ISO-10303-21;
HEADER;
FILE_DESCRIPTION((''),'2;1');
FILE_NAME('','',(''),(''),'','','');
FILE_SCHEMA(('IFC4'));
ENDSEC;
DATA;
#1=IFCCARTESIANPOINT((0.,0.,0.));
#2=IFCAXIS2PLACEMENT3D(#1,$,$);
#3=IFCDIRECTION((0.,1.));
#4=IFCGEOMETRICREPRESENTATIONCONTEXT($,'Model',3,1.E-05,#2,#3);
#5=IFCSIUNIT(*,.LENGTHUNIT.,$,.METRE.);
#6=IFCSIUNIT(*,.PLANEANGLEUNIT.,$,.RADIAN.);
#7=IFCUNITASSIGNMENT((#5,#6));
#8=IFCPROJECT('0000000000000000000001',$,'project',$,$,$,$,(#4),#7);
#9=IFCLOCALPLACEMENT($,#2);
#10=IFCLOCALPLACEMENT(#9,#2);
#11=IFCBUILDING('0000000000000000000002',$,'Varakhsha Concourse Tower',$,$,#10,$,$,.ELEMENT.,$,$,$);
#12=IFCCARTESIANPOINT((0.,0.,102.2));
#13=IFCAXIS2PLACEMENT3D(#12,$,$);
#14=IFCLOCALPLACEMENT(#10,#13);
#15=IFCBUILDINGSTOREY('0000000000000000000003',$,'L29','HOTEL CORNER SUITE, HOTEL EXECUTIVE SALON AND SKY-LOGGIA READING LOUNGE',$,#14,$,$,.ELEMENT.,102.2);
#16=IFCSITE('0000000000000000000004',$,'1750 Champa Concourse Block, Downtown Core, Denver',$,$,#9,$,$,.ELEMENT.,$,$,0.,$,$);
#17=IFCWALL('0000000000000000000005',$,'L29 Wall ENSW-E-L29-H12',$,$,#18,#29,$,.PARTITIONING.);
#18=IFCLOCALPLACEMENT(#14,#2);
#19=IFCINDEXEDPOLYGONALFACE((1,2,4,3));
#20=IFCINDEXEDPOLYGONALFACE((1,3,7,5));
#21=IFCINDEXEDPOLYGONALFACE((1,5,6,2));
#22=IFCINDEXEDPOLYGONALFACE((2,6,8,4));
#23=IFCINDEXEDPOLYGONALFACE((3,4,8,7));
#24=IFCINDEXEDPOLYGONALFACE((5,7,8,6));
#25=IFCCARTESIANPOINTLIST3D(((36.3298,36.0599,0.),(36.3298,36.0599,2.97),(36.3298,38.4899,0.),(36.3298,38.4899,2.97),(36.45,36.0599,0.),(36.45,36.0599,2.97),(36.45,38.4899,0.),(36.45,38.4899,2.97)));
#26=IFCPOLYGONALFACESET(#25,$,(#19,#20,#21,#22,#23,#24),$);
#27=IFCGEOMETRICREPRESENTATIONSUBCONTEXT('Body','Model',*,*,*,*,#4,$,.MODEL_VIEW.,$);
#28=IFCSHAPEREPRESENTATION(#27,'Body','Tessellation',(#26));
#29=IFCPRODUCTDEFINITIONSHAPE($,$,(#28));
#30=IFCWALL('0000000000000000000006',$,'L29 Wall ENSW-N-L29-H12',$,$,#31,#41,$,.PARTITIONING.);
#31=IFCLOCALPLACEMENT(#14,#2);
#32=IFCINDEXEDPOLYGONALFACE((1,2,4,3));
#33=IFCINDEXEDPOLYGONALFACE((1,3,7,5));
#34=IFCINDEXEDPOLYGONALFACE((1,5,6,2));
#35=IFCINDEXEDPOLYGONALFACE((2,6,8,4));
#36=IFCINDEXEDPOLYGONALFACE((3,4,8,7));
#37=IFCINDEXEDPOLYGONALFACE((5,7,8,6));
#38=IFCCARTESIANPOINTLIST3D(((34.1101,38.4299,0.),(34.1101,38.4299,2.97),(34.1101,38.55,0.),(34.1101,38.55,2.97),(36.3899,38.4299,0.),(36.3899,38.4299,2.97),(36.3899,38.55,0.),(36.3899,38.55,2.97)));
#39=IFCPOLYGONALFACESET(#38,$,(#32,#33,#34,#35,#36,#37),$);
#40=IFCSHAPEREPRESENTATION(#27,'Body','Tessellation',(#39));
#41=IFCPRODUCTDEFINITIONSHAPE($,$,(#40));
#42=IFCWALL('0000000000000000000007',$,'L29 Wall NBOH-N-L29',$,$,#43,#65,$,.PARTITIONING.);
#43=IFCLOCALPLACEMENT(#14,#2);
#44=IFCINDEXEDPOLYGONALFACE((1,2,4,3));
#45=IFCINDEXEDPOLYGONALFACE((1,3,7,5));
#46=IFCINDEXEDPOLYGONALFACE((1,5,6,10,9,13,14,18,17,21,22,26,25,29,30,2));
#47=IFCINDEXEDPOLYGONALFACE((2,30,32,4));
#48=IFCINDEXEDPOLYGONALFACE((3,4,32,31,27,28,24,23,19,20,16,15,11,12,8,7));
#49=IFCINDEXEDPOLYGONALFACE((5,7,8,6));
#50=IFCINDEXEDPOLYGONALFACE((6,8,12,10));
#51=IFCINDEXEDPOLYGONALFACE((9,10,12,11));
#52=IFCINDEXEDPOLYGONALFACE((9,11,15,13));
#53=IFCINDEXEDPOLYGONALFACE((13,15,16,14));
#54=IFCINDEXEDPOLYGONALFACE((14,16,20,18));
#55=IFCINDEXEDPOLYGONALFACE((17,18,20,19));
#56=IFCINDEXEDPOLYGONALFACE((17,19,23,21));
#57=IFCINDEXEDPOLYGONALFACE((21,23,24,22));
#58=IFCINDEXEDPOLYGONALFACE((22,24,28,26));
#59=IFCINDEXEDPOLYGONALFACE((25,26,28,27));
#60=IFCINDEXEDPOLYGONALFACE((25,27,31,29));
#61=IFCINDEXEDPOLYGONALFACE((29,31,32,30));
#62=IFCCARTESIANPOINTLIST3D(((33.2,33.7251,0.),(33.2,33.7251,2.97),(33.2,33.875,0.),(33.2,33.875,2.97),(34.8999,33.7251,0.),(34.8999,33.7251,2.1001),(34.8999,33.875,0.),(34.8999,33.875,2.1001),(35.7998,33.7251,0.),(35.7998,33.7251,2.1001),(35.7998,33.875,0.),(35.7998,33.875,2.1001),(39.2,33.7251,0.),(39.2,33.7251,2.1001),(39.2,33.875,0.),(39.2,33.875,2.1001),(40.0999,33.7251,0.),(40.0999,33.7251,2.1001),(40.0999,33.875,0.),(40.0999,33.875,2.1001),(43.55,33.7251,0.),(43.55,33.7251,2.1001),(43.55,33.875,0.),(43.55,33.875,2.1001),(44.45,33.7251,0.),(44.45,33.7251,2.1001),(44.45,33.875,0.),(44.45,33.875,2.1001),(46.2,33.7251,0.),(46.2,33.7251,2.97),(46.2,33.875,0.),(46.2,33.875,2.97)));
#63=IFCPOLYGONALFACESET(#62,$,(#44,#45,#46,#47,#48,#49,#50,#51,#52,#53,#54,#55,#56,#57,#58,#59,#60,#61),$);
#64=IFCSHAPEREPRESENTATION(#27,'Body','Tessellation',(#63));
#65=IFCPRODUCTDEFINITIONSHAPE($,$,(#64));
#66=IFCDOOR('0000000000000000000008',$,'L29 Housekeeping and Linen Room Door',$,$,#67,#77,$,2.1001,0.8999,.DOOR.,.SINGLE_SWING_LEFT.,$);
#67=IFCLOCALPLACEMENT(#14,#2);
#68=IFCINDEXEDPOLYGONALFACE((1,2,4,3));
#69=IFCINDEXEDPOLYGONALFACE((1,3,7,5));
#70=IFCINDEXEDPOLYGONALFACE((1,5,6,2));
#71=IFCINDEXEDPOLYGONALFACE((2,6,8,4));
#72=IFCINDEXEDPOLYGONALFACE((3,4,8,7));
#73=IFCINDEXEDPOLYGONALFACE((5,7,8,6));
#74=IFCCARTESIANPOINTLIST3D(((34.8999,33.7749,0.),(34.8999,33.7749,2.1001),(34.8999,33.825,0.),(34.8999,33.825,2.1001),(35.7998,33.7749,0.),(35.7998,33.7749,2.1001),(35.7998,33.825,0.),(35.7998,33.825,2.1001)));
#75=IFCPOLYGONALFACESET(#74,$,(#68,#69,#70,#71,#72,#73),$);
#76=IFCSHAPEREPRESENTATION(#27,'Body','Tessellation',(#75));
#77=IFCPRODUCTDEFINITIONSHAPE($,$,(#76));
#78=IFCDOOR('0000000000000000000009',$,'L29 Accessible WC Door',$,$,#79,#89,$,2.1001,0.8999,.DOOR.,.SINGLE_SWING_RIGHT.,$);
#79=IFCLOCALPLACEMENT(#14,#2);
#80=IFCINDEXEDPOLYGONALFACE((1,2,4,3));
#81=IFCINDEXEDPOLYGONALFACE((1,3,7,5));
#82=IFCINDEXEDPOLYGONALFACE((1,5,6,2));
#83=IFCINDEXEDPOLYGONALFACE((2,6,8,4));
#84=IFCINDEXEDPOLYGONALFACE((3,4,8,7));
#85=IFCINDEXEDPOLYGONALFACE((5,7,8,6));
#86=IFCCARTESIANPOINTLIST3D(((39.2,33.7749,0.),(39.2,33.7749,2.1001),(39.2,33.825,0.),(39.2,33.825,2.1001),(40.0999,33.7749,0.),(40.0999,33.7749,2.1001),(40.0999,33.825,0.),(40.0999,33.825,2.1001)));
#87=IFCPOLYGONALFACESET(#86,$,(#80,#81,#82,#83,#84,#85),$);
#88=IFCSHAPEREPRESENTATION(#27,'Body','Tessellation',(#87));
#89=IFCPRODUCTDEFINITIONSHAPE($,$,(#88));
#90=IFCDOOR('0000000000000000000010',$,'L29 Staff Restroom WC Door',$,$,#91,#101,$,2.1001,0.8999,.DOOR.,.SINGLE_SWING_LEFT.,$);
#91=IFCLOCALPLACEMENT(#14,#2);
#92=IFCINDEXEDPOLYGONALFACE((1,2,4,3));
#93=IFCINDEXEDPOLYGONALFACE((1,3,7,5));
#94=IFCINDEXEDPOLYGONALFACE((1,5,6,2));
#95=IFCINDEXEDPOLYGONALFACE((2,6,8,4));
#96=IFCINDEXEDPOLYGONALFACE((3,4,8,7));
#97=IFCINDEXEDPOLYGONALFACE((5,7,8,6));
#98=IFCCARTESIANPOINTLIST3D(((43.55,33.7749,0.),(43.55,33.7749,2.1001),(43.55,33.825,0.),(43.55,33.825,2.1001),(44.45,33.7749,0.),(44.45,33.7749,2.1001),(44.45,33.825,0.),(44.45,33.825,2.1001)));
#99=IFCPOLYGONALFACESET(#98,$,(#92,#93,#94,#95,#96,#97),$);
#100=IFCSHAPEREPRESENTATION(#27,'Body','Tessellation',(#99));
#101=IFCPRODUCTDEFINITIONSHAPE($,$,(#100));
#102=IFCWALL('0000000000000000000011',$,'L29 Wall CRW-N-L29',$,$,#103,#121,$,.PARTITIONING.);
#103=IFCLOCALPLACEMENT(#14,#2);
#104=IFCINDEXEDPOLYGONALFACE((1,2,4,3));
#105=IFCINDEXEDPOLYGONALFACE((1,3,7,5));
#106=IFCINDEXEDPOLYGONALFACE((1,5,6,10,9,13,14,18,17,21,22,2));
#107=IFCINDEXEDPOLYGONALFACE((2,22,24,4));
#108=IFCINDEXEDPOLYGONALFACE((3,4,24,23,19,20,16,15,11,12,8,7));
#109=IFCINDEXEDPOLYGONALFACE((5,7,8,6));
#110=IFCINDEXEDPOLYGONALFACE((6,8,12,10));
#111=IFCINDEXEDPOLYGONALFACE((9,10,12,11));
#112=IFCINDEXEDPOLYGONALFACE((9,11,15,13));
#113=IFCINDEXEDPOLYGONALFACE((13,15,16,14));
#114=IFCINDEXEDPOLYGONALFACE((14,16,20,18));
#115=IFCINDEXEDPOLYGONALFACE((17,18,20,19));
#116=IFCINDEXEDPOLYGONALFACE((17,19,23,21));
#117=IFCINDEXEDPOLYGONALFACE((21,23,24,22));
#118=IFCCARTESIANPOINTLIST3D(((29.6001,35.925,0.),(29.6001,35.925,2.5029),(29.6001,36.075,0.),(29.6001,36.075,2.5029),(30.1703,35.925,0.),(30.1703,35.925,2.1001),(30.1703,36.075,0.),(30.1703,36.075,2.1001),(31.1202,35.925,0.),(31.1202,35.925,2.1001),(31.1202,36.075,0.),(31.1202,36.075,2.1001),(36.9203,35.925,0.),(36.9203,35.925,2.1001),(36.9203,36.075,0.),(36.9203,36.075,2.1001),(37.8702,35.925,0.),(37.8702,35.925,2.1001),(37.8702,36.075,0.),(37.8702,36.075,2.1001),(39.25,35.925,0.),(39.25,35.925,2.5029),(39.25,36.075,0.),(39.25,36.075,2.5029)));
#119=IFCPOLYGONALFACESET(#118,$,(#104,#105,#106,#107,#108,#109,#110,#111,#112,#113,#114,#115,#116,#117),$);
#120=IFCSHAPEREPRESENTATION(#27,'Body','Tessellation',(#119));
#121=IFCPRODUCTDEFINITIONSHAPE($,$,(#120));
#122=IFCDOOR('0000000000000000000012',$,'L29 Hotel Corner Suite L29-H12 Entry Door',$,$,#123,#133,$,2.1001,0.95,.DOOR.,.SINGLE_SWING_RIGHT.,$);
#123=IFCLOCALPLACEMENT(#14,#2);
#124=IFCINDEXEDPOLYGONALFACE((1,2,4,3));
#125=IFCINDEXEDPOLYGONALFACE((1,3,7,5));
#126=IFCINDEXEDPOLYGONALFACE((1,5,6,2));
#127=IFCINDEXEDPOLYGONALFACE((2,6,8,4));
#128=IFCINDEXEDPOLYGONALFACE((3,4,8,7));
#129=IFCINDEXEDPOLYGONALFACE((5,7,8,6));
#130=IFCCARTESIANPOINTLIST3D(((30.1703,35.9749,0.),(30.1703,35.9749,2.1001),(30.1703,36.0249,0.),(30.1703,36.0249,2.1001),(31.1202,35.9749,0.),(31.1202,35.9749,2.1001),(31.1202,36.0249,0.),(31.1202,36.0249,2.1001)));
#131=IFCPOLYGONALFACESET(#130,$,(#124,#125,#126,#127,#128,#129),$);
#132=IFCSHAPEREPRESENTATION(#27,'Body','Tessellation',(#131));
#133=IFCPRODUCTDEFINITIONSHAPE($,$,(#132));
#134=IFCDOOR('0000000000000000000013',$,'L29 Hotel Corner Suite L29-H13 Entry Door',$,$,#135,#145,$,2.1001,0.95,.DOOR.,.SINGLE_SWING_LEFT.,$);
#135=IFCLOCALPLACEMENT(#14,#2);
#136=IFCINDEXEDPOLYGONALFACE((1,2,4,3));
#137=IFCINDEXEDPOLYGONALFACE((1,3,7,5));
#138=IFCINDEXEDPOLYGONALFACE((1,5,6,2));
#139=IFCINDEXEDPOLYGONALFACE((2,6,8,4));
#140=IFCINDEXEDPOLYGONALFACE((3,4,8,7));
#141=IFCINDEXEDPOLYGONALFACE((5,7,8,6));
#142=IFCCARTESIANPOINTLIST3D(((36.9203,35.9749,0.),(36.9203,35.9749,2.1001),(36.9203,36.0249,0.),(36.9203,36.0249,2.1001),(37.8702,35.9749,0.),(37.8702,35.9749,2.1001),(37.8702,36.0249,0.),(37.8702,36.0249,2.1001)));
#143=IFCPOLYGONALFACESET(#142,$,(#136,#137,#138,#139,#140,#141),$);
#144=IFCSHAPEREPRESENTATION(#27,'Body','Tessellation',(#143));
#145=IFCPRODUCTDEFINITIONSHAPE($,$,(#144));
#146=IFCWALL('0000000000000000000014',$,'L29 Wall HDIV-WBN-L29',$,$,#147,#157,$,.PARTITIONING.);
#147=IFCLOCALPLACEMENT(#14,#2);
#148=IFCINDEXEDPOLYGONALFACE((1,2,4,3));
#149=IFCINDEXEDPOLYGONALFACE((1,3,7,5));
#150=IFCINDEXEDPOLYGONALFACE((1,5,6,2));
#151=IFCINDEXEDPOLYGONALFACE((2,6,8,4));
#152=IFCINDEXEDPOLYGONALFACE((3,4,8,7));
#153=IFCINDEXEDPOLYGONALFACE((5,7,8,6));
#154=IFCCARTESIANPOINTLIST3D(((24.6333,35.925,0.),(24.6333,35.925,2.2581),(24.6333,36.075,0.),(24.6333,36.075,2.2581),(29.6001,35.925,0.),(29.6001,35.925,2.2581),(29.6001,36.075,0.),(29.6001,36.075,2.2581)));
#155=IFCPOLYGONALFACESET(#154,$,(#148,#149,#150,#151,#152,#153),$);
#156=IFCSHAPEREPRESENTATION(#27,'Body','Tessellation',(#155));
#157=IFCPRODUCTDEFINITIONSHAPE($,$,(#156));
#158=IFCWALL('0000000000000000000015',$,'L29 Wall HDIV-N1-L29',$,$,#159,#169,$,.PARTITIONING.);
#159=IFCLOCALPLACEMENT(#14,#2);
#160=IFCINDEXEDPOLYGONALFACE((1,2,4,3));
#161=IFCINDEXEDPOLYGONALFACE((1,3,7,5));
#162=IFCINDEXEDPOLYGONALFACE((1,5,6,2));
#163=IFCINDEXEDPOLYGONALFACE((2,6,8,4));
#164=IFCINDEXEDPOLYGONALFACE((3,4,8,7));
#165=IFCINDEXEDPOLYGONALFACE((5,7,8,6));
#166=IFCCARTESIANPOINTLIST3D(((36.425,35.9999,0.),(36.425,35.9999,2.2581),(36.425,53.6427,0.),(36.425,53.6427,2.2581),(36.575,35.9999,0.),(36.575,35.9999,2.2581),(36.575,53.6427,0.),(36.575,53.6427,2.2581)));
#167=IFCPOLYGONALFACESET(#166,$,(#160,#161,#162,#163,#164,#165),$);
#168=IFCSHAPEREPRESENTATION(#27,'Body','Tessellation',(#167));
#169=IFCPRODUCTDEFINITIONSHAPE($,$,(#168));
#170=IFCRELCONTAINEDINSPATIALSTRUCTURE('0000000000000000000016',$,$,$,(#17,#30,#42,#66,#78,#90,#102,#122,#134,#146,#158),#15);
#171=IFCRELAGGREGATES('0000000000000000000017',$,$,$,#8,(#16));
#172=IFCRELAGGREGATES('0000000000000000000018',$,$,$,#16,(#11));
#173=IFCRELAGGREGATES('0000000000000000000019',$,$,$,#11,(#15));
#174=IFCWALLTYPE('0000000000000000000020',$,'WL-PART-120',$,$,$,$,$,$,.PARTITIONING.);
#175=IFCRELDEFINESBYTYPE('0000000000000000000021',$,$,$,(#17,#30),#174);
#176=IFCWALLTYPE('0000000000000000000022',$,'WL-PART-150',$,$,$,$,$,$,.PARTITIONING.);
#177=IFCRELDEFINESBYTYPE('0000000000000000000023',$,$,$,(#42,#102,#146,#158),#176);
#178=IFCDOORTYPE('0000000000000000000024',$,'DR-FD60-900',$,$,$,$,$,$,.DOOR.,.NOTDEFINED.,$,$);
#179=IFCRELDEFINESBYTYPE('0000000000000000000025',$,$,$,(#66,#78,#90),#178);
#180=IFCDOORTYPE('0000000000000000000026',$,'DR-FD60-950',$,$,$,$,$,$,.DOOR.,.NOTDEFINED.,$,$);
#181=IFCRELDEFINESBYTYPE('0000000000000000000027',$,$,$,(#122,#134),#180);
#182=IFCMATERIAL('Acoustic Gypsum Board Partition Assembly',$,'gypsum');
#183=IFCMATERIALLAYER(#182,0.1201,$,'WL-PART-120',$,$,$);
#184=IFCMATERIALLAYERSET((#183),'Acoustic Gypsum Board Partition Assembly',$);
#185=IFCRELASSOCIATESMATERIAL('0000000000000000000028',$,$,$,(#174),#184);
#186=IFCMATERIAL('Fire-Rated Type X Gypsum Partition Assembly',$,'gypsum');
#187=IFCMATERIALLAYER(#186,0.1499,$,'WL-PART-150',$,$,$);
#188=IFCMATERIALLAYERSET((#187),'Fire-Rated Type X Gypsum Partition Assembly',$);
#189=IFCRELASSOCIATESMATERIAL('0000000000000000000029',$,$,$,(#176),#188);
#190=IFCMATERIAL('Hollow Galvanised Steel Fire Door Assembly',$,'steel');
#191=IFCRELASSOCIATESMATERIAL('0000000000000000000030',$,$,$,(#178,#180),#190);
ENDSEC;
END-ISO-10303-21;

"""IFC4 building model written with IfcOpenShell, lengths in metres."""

from ifc_helpers import new_model, si_unit, direction, frame, frame_2d, origin, place, context, subcontext, project, spatial, rectangle, extrude, material, layer, layer_set, type_object, element, fill, save


model = new_model("IFC4")

# Units and contexts
model_context = context("Model", 3, precision=1e-05, world=origin(), true_north=direction((0.0, 1.0)))
body_context = subcontext(model_context, "Body", "Model", "MODEL_VIEW")
ifc_project = project(units=[si_unit("LENGTHUNIT", "METRE"), si_unit("PLANEANGLEUNIT", "RADIAN")], contexts=[model_context])

# Site, building, storey
site_placement = place(None, origin())
site = spatial("IfcSite", under=ifc_project, at=site_placement, Name="1750 Champa Concourse Block, Downtown Core, Denver", CompositionType="ELEMENT", RefElevation=0.0)
building_placement = place(site_placement, origin())
building = spatial("IfcBuilding", under=site, at=building_placement, Name="Varakhsha Concourse Tower", CompositionType="ELEMENT")
storey_placement = place(building_placement, frame((0.0, 0.0, 102.2)))
storey = spatial("IfcBuildingStorey", under=building, at=storey_placement, Name="L29", Description="HOTEL CORNER SUITE, HOTEL EXECUTIVE SALON AND SKY-LOGGIA READING LOUNGE", CompositionType="ELEMENT", Elevation=102.2)

# Shared definitions
ifc_material_1 = material(Name="Acoustic Gypsum Board Partition Assembly", Category="gypsum")
ifc_layer_1 = layer(ifc_material_1, 0.1201, Name="WL-PART-120")
ifc_layer_set_1 = layer_set([ifc_layer_1], Name="Acoustic Gypsum Board Partition Assembly")
wall_type_1 = type_object("IfcWallType", Name="WL-PART-120", PredefinedType="PARTITIONING", material=ifc_layer_set_1)

# Walls
wall_1_placement = place(storey_placement, frame((36.3899, 36.0601, 0.0), z_axis=(0.0, 0.0, 1.0), x_axis=(0.0, 1.0, 0.0)))
element("IfcWall", 1, at=wall_1_placement, inside=storey, type_object=wall_type_1, Name="L29 Wall ENSW-E-L29-H12", PredefinedType="PARTITIONING", context=body_context, shape_type="SweptSolid", body=[
    extrude(rectangle(XDim=2.4299, YDim=0.1201, at=frame_2d((1.2148, 0.0))), origin(), (0.0, 0.0, 1.0), 2.97),
])
wall_2_placement = place(storey_placement, frame((34.1101, 38.49, 0.0), z_axis=(0.0, 0.0, 1.0), x_axis=(1.0, 0.0, 0.0)))
element("IfcWall", 2, at=wall_2_placement, inside=storey, type_object=wall_type_1, Name="L29 Wall ENSW-N-L29-H12", PredefinedType="PARTITIONING", context=body_context, shape_type="SweptSolid", body=[
    extrude(rectangle(XDim=2.2798, YDim=0.1201, at=frame_2d((1.1399, 0.0))), origin(), (0.0, 0.0, 1.0), 2.97),
])

# Walls, openings, doors
ifc_material_2 = material(Name="Fire-Rated Type X Gypsum Partition Assembly", Category="gypsum")
ifc_layer_2 = layer(ifc_material_2, 0.1499, Name="WL-PART-150")
ifc_layer_set_2 = layer_set([ifc_layer_2], Name="Fire-Rated Type X Gypsum Partition Assembly")
wall_type_2 = type_object("IfcWallType", Name="WL-PART-150", PredefinedType="PARTITIONING", material=ifc_layer_set_2)
wall_3_placement = place(storey_placement, frame((33.2, 33.8, 0.0), z_axis=(0.0, 0.0, 1.0), x_axis=(1.0, 0.0, 0.0)))
wall_3 = element("IfcWall", 3, at=wall_3_placement, inside=storey, type_object=wall_type_2, Name="L29 Wall NBOH-N-L29", PredefinedType="PARTITIONING", context=body_context, shape_type="SweptSolid", body=[
    extrude(rectangle(XDim=13.0, YDim=0.1499, at=frame_2d((6.5, 0.0))), origin(), (0.0, 0.0, 1.0), 2.97),
])
opening_1_placement = place(wall_3_placement, frame((1.7, 0.0, 0.0)))
opening_1 = element("IfcOpeningElement", 4, at=opening_1_placement, cuts=wall_3, PredefinedType="OPENING", context=body_context, shape_type="SweptSolid", body=[
    extrude(rectangle(XDim=0.8999, YDim=2.1001, at=frame_2d((0.45, 1.05))), frame((0.0, 0.085, 0.0), z_axis=(0.0, -1.0, 0.0), x_axis=(1.0, 0.0, 0.0)), (0.0, 0.0, 1.0), 0.1699),
])
opening_2_placement = place(wall_3_placement, frame((6.0, 0.0, 0.0)))
opening_2 = element("IfcOpeningElement", 5, at=opening_2_placement, cuts=wall_3, PredefinedType="OPENING", context=body_context, shape_type="SweptSolid", body=[
    extrude(rectangle(XDim=0.8999, YDim=2.1001, at=frame_2d((0.45, 1.05))), frame((0.0, 0.085, 0.0), z_axis=(0.0, -1.0, 0.0), x_axis=(1.0, 0.0, 0.0)), (0.0, 0.0, 1.0), 0.1699),
])
opening_3_placement = place(wall_3_placement, frame((10.3501, 0.0, 0.0)))
opening_3 = element("IfcOpeningElement", 6, at=opening_3_placement, cuts=wall_3, PredefinedType="OPENING", context=body_context, shape_type="SweptSolid", body=[
    extrude(rectangle(XDim=0.8999, YDim=2.1001, at=frame_2d((0.45, 1.05))), frame((0.0, 0.085, 0.0), z_axis=(0.0, -1.0, 0.0), x_axis=(1.0, 0.0, 0.0)), (0.0, 0.0, 1.0), 0.1699),
])
ifc_material_3 = material(Name="Hollow Galvanised Steel Fire Door Assembly", Category="steel")
door_type_1 = type_object("IfcDoorType", Name="DR-FD60-900", OperationType="NOTDEFINED", PredefinedType="DOOR", material=ifc_material_3)
door_1_placement = place(opening_1_placement, origin())
door_1 = element("IfcDoor", 7, at=door_1_placement, inside=storey, type_object=door_type_1, Name="L29 Housekeeping and Linen Room Door", OperationType="SINGLE_SWING_LEFT", OverallHeight=2.1001, OverallWidth=0.8999, PredefinedType="DOOR", context=body_context, shape_type="SweptSolid", body=[
    extrude(rectangle(XDim=0.8999, YDim=2.1001, at=frame_2d((0.45, 1.05))), frame((0.0, 0.0249, 0.0), z_axis=(0.0, -1.0, 0.0), x_axis=(1.0, 0.0, 0.0)), (0.0, 0.0, 1.0), 0.05),
])
fill(opening_1, door_1)
door_2_placement = place(opening_2_placement, origin())
door_2 = element("IfcDoor", 8, at=door_2_placement, inside=storey, type_object=door_type_1, Name="L29 Accessible WC Door", OperationType="SINGLE_SWING_RIGHT", OverallHeight=2.1001, OverallWidth=0.8999, PredefinedType="DOOR", context=body_context, shape_type="SweptSolid", body=[
    extrude(rectangle(XDim=0.8999, YDim=2.1001, at=frame_2d((0.45, 1.05))), frame((0.0, 0.0249, 0.0), z_axis=(0.0, -1.0, 0.0), x_axis=(1.0, 0.0, 0.0)), (0.0, 0.0, 1.0), 0.05),
])
fill(opening_2, door_2)
door_3_placement = place(opening_3_placement, origin())
door_3 = element("IfcDoor", 9, at=door_3_placement, inside=storey, type_object=door_type_1, Name="L29 Staff Restroom WC Door", OperationType="SINGLE_SWING_LEFT", OverallHeight=2.1001, OverallWidth=0.8999, PredefinedType="DOOR", context=body_context, shape_type="SweptSolid", body=[
    extrude(rectangle(XDim=0.8999, YDim=2.1001, at=frame_2d((0.45, 1.05))), frame((0.0, 0.0249, 0.0), z_axis=(0.0, -1.0, 0.0), x_axis=(1.0, 0.0, 0.0)), (0.0, 0.0, 1.0), 0.05),
])
fill(opening_3, door_3)
wall_4_placement = place(storey_placement, frame((29.6001, 36.0, 0.0), z_axis=(0.0, 0.0, 1.0), x_axis=(1.0, 0.0, 0.0)))
wall_4 = element("IfcWall", 10, at=wall_4_placement, inside=storey, type_object=wall_type_2, Name="L29 Wall CRW-N-L29", PredefinedType="PARTITIONING", context=body_context, shape_type="SweptSolid", body=[
    extrude(rectangle(XDim=9.6499, YDim=0.1499, at=frame_2d((4.825, 0.0))), origin(), (0.0, 0.0, 1.0), 2.5029),
])
opening_4_placement = place(wall_4_placement, frame((0.5701, 0.0, 0.0)))
opening_4 = element("IfcOpeningElement", 11, at=opening_4_placement, cuts=wall_4, PredefinedType="OPENING", context=body_context, shape_type="SweptSolid", body=[
    extrude(rectangle(XDim=0.95, YDim=2.1001, at=frame_2d((0.4751, 1.05))), frame((0.0, 0.085, 0.0), z_axis=(0.0, -1.0, 0.0), x_axis=(1.0, 0.0, 0.0)), (0.0, 0.0, 1.0), 0.1699),
])
opening_5_placement = place(wall_4_placement, frame((7.3201, 0.0, 0.0)))
opening_5 = element("IfcOpeningElement", 12, at=opening_5_placement, cuts=wall_4, PredefinedType="OPENING", context=body_context, shape_type="SweptSolid", body=[
    extrude(rectangle(XDim=0.95, YDim=2.1001, at=frame_2d((0.4751, 1.05))), frame((0.0, 0.085, 0.0), z_axis=(0.0, -1.0, 0.0), x_axis=(1.0, 0.0, 0.0)), (0.0, 0.0, 1.0), 0.1699),
])
door_type_2 = type_object("IfcDoorType", Name="DR-FD60-950", OperationType="NOTDEFINED", PredefinedType="DOOR", material=ifc_material_3)
door_4_placement = place(opening_4_placement, origin())
door_4 = element("IfcDoor", 13, at=door_4_placement, inside=storey, type_object=door_type_2, Name="L29 Hotel Corner Suite L29-H12 Entry Door", OperationType="SINGLE_SWING_RIGHT", OverallHeight=2.1001, OverallWidth=0.95, PredefinedType="DOOR", context=body_context, shape_type="SweptSolid", body=[
    extrude(rectangle(XDim=0.95, YDim=2.1001, at=frame_2d((0.4751, 1.05))), frame((0.0, 0.0249, 0.0), z_axis=(0.0, -1.0, 0.0), x_axis=(1.0, 0.0, 0.0)), (0.0, 0.0, 1.0), 0.05),
])
fill(opening_4, door_4)
door_5_placement = place(opening_5_placement, origin())
door_5 = element("IfcDoor", 14, at=door_5_placement, inside=storey, type_object=door_type_2, Name="L29 Hotel Corner Suite L29-H13 Entry Door", OperationType="SINGLE_SWING_LEFT", OverallHeight=2.1001, OverallWidth=0.95, PredefinedType="DOOR", context=body_context, shape_type="SweptSolid", body=[
    extrude(rectangle(XDim=0.95, YDim=2.1001, at=frame_2d((0.4751, 1.05))), frame((0.0, 0.0249, 0.0), z_axis=(0.0, -1.0, 0.0), x_axis=(1.0, 0.0, 0.0)), (0.0, 0.0, 1.0), 0.05),
])
fill(opening_5, door_5)

# Walls
wall_5_placement = place(storey_placement, frame((24.6333, 36.0, 0.0), z_axis=(0.0, 0.0, 1.0), x_axis=(1.0, 0.0, 0.0)))
element("IfcWall", 15, at=wall_5_placement, inside=storey, type_object=wall_type_2, Name="L29 Wall HDIV-WBN-L29", PredefinedType="PARTITIONING", context=body_context, shape_type="SweptSolid", body=[
    extrude(rectangle(XDim=4.9668, YDim=0.1499, at=frame_2d((2.4834, 0.0))), origin(), (0.0, 0.0, 1.0), 2.2581),
])
wall_6_placement = place(storey_placement, frame((36.5, 36.0, 0.0), z_axis=(0.0, 0.0, 1.0), x_axis=(0.0, 1.0, 0.0)))
element("IfcWall", 16, at=wall_6_placement, inside=storey, type_object=wall_type_2, Name="L29 Wall HDIV-N1-L29", PredefinedType="PARTITIONING", context=body_context, shape_type="SweptSolid", body=[
    extrude(rectangle(XDim=17.6428, YDim=0.1499, at=frame_2d((8.8213, 0.0))), origin(), (0.0, 0.0, 1.0), 2.2581),
])

save(model, "model.ifc")
